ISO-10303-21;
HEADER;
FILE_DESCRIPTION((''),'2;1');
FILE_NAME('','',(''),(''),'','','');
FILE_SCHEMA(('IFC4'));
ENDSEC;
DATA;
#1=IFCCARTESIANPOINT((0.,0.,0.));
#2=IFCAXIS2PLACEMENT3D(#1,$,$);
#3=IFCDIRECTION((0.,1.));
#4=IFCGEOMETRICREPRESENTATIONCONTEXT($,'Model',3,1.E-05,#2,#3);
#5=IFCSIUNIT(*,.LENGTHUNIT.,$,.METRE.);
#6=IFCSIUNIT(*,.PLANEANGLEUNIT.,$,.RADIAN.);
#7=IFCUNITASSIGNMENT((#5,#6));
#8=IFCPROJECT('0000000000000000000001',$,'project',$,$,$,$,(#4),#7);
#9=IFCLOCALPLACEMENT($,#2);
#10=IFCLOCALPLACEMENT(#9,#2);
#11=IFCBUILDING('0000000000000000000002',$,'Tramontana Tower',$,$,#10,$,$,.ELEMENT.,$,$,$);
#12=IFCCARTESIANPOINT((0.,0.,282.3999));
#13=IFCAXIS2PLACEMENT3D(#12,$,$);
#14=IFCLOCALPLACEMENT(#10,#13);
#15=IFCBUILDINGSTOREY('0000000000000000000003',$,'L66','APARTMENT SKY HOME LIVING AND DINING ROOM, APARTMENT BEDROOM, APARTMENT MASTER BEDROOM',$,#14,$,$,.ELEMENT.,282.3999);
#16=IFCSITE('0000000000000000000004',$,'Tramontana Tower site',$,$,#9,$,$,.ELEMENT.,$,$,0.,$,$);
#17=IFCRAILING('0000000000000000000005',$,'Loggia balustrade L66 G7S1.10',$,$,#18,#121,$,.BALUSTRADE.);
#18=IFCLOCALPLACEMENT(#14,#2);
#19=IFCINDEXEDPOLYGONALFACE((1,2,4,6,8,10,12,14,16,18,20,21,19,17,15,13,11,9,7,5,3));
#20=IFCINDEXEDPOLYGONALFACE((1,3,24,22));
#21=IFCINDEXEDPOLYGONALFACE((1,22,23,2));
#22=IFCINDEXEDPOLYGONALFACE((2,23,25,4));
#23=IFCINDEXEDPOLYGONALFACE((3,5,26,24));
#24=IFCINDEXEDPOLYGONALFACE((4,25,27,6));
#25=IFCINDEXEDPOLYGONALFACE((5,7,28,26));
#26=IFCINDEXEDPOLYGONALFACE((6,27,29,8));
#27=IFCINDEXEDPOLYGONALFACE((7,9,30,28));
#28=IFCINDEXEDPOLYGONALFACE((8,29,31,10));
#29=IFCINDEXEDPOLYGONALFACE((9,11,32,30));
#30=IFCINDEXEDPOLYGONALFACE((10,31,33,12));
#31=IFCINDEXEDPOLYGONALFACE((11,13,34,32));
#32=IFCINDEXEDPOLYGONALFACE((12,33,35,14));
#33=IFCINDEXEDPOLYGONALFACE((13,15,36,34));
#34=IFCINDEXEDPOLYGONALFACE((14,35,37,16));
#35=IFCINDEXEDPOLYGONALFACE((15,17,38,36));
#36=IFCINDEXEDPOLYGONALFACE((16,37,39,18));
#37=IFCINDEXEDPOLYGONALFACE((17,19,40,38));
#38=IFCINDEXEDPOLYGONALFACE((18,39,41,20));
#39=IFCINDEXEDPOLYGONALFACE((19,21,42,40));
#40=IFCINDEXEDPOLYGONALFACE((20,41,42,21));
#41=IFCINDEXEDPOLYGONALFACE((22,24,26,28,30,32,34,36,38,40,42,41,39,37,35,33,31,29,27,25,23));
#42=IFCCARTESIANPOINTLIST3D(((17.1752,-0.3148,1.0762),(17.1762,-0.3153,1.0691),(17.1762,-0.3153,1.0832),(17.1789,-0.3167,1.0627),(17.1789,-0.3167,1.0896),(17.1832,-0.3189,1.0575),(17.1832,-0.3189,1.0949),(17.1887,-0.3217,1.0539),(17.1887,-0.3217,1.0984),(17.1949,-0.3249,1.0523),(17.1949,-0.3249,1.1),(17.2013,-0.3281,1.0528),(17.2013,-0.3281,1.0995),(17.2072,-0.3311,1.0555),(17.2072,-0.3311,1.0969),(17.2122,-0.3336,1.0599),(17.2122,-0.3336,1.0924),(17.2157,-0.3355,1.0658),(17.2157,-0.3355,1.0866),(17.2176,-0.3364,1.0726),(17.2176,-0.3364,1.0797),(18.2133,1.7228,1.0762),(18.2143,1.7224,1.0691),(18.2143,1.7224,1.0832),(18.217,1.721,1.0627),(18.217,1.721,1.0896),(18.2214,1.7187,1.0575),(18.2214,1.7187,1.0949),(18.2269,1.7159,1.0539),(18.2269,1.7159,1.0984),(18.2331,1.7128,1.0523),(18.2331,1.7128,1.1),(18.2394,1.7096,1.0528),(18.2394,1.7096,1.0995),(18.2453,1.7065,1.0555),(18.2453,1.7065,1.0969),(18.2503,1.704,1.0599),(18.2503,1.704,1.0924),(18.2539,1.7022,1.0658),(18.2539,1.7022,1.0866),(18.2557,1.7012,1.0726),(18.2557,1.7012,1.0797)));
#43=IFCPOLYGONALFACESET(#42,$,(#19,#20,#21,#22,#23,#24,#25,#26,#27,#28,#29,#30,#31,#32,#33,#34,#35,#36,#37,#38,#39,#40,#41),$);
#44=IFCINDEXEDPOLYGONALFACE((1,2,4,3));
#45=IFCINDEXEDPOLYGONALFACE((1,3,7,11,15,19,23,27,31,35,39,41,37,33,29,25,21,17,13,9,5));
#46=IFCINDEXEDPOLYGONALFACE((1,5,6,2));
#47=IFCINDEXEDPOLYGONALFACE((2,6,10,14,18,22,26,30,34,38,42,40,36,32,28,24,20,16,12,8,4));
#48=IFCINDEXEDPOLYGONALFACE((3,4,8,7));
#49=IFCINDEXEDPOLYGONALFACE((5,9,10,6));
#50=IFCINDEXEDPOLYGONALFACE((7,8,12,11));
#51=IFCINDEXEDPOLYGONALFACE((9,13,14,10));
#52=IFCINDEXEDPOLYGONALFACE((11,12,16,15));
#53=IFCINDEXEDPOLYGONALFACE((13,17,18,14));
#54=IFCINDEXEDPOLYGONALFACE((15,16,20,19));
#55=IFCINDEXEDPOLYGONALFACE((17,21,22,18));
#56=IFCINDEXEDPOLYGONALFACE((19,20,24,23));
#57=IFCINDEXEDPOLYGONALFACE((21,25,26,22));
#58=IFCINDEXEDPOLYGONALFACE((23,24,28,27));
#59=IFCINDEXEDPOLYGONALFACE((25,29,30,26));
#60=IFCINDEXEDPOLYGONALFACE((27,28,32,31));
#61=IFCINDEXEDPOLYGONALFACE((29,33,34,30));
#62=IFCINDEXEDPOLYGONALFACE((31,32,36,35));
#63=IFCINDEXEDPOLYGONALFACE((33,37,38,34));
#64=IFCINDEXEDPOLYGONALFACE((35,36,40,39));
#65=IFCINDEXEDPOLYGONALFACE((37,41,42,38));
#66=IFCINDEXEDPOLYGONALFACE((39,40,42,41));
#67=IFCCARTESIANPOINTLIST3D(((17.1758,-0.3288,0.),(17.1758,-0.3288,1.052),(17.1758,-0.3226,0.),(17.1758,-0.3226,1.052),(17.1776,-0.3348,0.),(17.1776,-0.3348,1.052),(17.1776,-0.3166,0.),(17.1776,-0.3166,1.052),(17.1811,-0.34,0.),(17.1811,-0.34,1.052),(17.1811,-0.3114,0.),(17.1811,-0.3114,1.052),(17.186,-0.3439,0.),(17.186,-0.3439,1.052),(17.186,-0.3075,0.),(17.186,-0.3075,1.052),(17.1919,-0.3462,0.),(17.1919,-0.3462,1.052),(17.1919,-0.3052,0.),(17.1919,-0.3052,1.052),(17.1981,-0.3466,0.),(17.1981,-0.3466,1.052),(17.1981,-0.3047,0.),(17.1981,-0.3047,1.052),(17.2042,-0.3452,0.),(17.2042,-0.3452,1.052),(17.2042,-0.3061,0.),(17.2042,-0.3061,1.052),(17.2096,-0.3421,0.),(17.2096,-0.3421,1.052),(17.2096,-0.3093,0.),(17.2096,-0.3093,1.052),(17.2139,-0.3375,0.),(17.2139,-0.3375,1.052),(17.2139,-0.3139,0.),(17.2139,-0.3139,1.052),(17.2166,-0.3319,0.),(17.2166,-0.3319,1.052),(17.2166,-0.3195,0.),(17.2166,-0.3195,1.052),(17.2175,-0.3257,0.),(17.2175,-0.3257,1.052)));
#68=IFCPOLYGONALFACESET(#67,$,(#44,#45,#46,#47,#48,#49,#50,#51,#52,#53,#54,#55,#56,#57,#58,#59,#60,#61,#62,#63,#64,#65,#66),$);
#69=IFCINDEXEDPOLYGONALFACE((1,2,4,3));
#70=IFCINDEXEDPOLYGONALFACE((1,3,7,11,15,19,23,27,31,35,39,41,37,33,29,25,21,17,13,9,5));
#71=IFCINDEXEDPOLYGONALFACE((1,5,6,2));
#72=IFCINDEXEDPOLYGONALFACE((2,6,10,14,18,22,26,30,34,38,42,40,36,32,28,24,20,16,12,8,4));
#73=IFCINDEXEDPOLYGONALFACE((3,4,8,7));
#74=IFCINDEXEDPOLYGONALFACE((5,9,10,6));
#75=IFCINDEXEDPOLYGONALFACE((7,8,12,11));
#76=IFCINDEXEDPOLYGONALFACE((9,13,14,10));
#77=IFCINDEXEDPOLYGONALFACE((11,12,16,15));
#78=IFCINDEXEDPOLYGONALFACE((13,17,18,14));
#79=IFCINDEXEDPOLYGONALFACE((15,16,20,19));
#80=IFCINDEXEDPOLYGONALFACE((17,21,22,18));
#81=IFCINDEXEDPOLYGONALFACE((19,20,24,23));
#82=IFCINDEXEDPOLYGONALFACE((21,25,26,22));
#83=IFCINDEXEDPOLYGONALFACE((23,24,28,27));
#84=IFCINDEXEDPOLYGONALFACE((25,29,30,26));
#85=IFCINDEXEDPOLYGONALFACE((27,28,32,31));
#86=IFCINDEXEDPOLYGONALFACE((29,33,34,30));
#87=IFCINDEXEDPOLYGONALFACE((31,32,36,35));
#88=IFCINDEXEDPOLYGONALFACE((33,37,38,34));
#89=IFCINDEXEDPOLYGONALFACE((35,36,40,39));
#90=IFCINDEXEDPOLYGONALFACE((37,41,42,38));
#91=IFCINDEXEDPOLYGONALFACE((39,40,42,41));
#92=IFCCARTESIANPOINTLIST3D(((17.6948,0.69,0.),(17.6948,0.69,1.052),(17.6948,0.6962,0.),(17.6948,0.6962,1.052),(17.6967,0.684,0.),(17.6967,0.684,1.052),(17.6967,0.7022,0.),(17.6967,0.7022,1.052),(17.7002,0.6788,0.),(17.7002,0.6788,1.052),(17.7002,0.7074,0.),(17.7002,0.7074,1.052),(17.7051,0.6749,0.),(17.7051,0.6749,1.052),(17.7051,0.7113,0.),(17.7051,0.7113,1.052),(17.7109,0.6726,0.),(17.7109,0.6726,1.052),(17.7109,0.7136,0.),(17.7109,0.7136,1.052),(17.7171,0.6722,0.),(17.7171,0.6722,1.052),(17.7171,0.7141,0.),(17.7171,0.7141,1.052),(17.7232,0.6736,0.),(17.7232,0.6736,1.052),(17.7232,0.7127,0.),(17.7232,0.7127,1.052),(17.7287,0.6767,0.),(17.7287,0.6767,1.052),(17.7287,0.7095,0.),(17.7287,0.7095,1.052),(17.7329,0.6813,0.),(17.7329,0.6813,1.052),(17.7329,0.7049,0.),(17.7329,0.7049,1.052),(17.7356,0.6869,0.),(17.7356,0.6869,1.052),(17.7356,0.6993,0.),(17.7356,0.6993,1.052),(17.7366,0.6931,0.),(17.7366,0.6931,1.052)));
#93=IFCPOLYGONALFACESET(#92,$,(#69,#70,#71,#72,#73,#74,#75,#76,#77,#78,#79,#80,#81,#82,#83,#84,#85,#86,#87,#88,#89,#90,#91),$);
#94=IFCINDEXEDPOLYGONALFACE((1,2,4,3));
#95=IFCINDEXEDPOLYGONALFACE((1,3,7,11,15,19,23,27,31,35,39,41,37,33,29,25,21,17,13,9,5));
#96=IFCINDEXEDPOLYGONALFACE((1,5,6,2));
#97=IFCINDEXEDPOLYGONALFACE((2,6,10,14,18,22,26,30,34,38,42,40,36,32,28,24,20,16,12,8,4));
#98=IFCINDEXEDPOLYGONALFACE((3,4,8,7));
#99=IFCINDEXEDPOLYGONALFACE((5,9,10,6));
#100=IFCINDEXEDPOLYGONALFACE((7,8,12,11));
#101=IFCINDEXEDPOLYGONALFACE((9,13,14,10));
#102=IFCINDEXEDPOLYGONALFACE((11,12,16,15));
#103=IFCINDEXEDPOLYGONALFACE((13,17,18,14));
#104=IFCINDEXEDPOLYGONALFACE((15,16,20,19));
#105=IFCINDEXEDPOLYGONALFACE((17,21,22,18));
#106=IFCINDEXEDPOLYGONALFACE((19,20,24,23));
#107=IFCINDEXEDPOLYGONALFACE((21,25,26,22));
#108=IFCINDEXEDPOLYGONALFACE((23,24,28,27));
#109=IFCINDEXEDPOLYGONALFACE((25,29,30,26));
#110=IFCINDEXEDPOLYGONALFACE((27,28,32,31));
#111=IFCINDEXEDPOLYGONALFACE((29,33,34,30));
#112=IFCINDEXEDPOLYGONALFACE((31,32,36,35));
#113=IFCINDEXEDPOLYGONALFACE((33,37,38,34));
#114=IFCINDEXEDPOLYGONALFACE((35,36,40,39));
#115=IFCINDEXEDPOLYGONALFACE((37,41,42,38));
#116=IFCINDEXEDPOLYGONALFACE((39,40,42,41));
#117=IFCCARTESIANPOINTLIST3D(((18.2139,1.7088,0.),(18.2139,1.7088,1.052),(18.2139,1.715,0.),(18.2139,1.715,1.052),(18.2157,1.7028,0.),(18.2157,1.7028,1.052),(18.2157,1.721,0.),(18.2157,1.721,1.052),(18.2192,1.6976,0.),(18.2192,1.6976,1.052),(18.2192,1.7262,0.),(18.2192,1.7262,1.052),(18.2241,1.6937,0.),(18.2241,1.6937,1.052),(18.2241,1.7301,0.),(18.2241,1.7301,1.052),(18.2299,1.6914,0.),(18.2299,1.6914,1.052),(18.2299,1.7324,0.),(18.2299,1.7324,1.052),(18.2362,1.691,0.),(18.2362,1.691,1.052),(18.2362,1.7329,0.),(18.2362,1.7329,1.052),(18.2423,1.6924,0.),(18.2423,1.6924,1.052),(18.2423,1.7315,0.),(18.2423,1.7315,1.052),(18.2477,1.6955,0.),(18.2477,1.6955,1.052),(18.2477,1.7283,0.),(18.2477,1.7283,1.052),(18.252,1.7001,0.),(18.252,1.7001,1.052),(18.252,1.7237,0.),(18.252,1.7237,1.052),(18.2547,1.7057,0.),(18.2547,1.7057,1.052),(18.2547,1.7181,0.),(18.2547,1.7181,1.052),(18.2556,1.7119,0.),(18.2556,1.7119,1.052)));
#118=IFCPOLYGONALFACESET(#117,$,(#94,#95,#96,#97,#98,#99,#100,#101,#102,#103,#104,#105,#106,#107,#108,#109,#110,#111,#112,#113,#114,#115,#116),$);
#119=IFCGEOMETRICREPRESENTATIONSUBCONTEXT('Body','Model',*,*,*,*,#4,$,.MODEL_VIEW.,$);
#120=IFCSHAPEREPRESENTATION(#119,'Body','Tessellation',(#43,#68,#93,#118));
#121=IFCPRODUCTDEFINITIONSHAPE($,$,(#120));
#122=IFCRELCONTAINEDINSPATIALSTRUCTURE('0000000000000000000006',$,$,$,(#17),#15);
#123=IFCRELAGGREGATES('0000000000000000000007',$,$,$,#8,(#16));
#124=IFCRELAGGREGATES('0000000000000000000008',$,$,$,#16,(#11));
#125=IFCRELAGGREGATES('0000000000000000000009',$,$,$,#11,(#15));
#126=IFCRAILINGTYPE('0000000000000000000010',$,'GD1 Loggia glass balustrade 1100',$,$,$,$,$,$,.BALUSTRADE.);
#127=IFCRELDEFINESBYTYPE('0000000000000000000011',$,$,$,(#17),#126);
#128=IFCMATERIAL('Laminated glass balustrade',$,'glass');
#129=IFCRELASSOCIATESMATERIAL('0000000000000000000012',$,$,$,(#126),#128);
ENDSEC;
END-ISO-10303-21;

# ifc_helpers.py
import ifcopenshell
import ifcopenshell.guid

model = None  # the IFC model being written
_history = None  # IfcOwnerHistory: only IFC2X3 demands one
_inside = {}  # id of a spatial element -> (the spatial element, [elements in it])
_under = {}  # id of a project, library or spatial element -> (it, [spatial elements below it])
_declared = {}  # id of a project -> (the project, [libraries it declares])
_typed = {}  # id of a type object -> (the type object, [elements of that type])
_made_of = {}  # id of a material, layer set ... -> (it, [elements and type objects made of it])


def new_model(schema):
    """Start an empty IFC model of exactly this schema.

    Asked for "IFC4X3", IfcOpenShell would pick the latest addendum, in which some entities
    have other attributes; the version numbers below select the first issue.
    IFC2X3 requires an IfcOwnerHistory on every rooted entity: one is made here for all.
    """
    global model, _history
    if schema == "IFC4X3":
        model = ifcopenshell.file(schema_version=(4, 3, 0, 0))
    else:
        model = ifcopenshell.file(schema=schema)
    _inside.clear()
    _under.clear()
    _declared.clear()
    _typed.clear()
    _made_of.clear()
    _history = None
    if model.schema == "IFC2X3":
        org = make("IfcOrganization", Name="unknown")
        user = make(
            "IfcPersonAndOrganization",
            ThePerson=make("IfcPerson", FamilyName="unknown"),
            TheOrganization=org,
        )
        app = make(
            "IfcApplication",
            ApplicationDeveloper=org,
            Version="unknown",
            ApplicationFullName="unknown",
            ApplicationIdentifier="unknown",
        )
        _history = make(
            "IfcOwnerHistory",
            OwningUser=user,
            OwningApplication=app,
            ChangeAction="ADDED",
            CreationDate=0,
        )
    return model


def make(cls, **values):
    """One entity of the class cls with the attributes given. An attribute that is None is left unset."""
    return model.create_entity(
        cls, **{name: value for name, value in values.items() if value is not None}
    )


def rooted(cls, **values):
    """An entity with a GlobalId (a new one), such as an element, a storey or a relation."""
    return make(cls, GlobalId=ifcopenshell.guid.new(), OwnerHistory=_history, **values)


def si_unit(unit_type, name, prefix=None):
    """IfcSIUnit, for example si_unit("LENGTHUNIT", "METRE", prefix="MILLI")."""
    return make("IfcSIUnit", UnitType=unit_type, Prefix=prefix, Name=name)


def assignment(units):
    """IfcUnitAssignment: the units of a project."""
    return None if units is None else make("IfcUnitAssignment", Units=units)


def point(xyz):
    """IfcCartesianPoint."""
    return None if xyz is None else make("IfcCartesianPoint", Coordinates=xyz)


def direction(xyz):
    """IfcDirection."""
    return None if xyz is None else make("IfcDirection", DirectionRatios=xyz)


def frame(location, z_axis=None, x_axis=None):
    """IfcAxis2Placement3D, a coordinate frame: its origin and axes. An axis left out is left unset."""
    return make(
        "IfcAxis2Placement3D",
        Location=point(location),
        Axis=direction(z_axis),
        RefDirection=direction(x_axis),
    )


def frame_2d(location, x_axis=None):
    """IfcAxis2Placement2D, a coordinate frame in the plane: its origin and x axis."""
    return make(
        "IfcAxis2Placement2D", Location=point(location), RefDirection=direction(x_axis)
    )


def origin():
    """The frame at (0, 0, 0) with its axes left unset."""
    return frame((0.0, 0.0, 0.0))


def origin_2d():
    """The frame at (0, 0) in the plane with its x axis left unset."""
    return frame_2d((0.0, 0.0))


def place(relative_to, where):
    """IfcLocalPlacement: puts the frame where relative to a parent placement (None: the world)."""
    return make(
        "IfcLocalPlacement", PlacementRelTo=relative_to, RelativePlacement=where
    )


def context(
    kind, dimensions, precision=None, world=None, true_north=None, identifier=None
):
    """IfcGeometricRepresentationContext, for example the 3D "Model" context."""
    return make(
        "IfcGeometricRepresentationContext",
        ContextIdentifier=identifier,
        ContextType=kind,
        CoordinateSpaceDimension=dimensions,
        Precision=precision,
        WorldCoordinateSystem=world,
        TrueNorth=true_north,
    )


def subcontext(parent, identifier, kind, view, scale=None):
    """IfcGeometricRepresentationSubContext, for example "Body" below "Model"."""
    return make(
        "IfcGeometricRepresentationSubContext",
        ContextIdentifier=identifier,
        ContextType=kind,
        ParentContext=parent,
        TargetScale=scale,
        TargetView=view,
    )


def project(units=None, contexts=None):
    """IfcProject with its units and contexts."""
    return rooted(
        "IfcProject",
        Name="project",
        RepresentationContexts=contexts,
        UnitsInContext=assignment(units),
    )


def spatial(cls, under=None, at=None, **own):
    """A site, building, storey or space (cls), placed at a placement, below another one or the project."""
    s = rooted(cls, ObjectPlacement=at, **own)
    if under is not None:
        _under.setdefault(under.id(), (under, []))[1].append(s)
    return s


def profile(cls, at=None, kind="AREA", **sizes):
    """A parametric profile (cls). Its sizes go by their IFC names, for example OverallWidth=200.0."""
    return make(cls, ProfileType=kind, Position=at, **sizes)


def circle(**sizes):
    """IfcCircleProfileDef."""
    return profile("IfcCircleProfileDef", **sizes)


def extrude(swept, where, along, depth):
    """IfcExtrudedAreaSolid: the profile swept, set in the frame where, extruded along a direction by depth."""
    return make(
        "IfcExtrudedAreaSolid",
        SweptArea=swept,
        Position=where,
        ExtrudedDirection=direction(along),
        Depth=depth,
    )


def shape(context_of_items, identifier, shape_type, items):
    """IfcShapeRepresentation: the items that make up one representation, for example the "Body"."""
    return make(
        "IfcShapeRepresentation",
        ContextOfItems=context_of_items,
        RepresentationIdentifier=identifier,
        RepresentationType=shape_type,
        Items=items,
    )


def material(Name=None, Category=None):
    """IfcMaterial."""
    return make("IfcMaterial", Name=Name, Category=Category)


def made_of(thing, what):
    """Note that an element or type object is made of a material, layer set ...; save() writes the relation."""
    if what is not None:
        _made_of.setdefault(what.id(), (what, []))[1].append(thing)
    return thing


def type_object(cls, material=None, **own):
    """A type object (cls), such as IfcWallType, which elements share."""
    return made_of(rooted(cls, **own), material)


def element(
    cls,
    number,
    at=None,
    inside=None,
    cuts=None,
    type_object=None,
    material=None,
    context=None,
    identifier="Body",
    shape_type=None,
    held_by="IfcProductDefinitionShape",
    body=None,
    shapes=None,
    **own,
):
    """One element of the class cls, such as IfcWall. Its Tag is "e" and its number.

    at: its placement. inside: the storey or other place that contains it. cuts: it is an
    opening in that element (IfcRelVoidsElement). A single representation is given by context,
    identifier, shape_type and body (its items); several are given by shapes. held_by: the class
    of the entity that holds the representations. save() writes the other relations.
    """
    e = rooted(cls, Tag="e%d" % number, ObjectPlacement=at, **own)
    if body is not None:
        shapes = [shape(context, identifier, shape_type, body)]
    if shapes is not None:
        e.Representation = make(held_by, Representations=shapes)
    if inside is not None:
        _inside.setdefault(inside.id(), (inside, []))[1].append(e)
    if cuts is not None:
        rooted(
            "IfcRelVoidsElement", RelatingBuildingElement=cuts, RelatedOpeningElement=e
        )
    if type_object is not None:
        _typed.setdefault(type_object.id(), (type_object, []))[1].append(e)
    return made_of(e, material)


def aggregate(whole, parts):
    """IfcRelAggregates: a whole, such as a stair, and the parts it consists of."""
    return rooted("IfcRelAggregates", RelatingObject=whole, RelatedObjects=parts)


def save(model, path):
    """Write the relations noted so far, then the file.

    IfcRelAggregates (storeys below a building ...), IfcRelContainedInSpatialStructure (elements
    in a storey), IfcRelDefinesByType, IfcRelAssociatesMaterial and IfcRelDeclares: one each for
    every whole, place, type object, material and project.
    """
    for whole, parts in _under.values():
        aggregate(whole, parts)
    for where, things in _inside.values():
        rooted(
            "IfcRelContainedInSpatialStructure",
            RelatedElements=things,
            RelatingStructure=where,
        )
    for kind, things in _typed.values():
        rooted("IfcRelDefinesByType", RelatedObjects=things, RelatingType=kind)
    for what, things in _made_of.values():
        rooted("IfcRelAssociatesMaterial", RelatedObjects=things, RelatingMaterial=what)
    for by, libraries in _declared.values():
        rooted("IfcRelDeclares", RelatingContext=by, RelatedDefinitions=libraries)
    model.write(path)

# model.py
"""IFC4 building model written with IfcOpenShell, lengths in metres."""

from ifc_helpers import new_model, si_unit, direction, frame, origin, origin_2d, place, context, subcontext, project, spatial, circle, extrude, material, type_object, element, save


model = new_model("IFC4")

# Units and contexts
model_context = context("Model", 3, precision=1e-05, world=origin(), true_north=direction((0.0, 1.0)))
body_context = subcontext(model_context, "Body", "Model", "MODEL_VIEW")
ifc_project = project(units=[si_unit("LENGTHUNIT", "METRE"), si_unit("PLANEANGLEUNIT", "RADIAN")], contexts=[model_context])

# Site, building, storey
site_placement = place(None, origin())
site = spatial("IfcSite", under=ifc_project, at=site_placement, Name="Tramontana Tower site", CompositionType="ELEMENT", RefElevation=0.0)
building_placement = place(site_placement, origin())
building = spatial("IfcBuilding", under=site, at=building_placement, Name="Tramontana Tower", CompositionType="ELEMENT")
storey_placement = place(building_placement, frame((0.0, 0.0, 282.3999)))
storey = spatial("IfcBuildingStorey", under=building, at=storey_placement, Name="L66", Description="APARTMENT SKY HOME LIVING AND DINING ROOM, APARTMENT BEDROOM, APARTMENT MASTER BEDROOM", CompositionType="ELEMENT", Elevation=282.3999)

# Railing
ifc_material_1 = material(Name="Laminated glass balustrade", Category="glass")
railing_type_1 = type_object("IfcRailingType", Name="GD1 Loggia glass balustrade 1100", PredefinedType="BALUSTRADE", material=ifc_material_1)
railing_1_placement = place(storey_placement, frame((17.1965, -0.3257, 0.0)))
element("IfcRailing", 1, at=railing_1_placement, inside=storey, type_object=railing_type_1, Name="Loggia balustrade L66 G7S1.10", PredefinedType="BALUSTRADE", context=body_context, shape_type="SweptSolid", body=[
    extrude(circle(Radius=0.0239, at=origin_2d()), frame((0.0, 0.0, 1.0762), z_axis=(0.453948, 0.891028, 0.0), x_axis=(-0.891028, 0.453948, 0.0)), (0.0, 0.0, 1.0), 2.2869),
    extrude(circle(Radius=0.021, at=origin_2d()), origin(), (0.0, 0.0, 1.0), 1.052),
    extrude(circle(Radius=0.021, at=origin_2d()), frame((0.519, 1.0188, 0.0)), (0.0, 0.0, 1.0), 1.052),
    extrude(circle(Radius=0.021, at=origin_2d()), frame((1.0381, 2.0376, 0.0)), (0.0, 0.0, 1.0), 1.052),
])

save(model, "model.ifc")
